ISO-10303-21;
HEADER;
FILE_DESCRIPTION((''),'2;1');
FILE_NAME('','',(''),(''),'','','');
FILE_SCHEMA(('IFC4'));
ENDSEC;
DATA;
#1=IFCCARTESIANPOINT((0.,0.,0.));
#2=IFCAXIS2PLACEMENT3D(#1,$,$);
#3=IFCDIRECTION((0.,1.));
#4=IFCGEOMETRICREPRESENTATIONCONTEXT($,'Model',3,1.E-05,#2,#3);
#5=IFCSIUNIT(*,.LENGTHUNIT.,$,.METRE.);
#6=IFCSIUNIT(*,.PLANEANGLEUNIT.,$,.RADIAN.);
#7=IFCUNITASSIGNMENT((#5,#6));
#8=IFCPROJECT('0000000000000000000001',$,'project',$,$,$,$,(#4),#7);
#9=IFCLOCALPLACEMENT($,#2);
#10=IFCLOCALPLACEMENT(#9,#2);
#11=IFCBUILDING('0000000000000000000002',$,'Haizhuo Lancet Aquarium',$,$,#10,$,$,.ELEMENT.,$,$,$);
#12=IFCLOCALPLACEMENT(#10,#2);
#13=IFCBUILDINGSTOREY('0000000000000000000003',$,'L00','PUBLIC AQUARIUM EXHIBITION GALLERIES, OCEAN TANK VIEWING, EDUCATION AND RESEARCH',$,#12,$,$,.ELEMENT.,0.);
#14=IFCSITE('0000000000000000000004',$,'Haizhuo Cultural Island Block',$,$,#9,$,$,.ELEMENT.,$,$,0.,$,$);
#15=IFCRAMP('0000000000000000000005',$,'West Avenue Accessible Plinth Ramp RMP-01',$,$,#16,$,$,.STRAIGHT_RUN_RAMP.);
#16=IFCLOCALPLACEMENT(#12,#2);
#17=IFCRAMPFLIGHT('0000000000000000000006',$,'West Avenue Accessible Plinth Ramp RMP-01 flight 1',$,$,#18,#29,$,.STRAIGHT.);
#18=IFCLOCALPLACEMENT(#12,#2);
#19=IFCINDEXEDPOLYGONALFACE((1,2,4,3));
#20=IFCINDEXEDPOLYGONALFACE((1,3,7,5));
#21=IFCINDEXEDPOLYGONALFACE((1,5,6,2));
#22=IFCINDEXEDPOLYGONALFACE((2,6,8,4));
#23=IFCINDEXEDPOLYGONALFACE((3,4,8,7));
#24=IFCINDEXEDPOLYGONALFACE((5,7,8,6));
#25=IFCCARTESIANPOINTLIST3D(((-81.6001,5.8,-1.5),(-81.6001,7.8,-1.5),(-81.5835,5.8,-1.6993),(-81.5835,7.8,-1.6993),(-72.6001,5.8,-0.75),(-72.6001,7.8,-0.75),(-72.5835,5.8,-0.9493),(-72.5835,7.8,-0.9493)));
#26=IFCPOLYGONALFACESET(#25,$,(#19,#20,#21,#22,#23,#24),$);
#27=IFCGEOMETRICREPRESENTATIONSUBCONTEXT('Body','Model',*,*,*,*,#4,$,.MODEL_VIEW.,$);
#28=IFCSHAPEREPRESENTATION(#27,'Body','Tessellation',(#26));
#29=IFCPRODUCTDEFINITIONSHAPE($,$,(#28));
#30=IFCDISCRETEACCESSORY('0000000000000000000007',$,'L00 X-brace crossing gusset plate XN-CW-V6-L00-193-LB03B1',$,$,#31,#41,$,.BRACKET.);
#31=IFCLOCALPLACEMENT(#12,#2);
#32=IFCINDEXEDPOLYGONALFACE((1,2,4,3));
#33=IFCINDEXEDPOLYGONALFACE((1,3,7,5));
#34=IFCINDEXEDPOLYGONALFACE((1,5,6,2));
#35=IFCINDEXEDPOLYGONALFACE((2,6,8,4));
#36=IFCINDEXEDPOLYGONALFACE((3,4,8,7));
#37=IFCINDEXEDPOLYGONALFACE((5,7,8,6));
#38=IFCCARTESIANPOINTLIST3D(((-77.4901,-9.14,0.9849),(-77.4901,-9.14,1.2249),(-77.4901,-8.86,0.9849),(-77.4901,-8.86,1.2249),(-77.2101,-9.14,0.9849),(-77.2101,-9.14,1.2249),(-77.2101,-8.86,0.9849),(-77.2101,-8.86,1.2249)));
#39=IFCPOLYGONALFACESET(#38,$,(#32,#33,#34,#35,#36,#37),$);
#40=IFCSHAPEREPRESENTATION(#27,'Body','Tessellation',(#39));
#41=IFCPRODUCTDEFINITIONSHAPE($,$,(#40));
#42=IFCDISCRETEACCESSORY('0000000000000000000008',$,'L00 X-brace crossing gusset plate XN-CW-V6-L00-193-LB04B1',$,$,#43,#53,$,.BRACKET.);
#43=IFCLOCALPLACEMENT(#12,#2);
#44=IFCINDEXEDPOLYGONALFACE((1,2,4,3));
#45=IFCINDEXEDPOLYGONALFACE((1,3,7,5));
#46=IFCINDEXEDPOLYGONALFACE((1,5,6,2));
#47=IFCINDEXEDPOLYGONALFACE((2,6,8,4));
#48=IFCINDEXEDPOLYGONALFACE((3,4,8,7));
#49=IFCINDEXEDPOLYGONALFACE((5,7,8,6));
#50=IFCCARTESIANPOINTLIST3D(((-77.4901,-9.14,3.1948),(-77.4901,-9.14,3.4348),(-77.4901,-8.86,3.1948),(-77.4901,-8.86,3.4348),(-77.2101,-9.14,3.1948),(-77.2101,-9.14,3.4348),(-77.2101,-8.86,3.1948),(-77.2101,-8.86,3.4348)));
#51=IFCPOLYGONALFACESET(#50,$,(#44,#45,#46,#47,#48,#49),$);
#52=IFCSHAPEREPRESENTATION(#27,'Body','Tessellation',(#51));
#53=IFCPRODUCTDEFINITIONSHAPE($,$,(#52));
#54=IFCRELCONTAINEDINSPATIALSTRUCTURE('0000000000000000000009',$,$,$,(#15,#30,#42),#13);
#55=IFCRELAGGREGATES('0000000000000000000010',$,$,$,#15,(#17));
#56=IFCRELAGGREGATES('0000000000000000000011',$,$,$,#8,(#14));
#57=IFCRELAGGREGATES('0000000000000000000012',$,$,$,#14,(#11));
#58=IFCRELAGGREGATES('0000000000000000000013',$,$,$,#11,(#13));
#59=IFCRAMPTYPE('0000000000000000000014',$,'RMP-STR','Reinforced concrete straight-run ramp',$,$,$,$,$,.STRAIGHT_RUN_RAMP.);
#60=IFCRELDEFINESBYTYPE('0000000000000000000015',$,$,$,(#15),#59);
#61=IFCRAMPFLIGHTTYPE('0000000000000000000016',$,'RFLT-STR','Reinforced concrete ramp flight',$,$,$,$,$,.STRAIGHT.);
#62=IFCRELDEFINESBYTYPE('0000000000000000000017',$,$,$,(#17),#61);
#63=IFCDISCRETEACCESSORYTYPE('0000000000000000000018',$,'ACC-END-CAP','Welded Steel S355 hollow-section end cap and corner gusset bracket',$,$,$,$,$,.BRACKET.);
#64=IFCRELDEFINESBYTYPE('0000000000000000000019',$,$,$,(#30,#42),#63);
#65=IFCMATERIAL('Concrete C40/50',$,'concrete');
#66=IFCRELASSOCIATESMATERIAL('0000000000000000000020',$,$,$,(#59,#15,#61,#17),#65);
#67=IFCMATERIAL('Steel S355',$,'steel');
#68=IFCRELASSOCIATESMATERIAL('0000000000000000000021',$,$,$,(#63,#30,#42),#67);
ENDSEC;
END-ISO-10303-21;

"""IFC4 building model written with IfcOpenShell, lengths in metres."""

from ifc_helpers import new_model, si_unit, direction, frame, origin, origin_2d, place, context, subcontext, project, spatial, polyline, rectangle, outline, extrude, material, type_object, element, aggregate, save


model = new_model("IFC4")

# Units and contexts
model_context = context("Model", 3, precision=1e-05, world=origin(), true_north=direction((0.0, 1.0)))
body_context = subcontext(model_context, "Body", "Model", "MODEL_VIEW")
ifc_project = project(units=[si_unit("LENGTHUNIT", "METRE"), si_unit("PLANEANGLEUNIT", "RADIAN")], contexts=[model_context])

# Site, building, storey
site_placement = place(None, origin())
site = spatial("IfcSite", under=ifc_project, at=site_placement, Name="Haizhuo Cultural Island Block", CompositionType="ELEMENT", RefElevation=0.0)
building_placement = place(site_placement, origin())
building = spatial("IfcBuilding", under=site, at=building_placement, Name="Haizhuo Lancet Aquarium", CompositionType="ELEMENT")
storey_placement = place(building_placement, origin())
storey = spatial("IfcBuildingStorey", under=building, at=storey_placement, Name="L00", Description="PUBLIC AQUARIUM EXHIBITION GALLERIES, OCEAN TANK VIEWING, EDUCATION AND RESEARCH", CompositionType="ELEMENT", Elevation=0.0)

# Shared definitions
ifc_material_1 = material(Name="Steel S355", Category="steel")

# Ramp, ramp flight
ifc_material_2 = material(Name="Concrete C40/50", Category="concrete")
ramp_type = type_object("IfcRampType", Name="RMP-STR", Description="Reinforced concrete straight-run ramp", PredefinedType="STRAIGHT_RUN_RAMP", material=ifc_material_2)
ramp_placement = place(storey_placement, origin())
ramp = element("IfcRamp", 1, at=ramp_placement, inside=storey, type_object=ramp_type, material=ifc_material_2, Name="West Avenue Accessible Plinth Ramp RMP-01", PredefinedType="STRAIGHT_RUN_RAMP")
ramp_flight_type = type_object("IfcRampFlightType", Name="RFLT-STR", Description="Reinforced concrete ramp flight", PredefinedType="STRAIGHT", material=ifc_material_2)
ramp_flight_placement = place(storey_placement, frame((-81.6001, 5.8, -1.5), z_axis=(-0.083045, 0.0, 0.996546), x_axis=(0.996546, 0.0, 0.083045)))
ramp_flight = element("IfcRampFlight", 2, at=ramp_flight_placement, type_object=ramp_flight_type, material=ifc_material_2, Name="West Avenue Accessible Plinth Ramp RMP-01 flight 1", PredefinedType="STRAIGHT", context=body_context, shape_type="SweptSolid", body=[
    extrude(outline(polyline([(0.0, 0.0), (9.0312, 0.0), (9.0312, 2.0), (0.0, 2.0), (0.0, 0.0)])), origin(), (0.0, 0.0, -1.0), 0.2),
])
aggregate(ramp, [ramp_flight])

# Discrete accessories
discrete_accessory_type = type_object("IfcDiscreteAccessoryType", Name="ACC-END-CAP", Description="Welded Steel S355 hollow-section end cap and corner gusset bracket", PredefinedType="BRACKET", material=ifc_material_1)
for number, where, z_axis, x_axis, name in (
    (3, (-77.3501, -9.0, 0.9849), (0.0, 0.0, 1.0), (1.0, 0.0, 0.0), "L00 X-brace crossing gusset plate XN-CW-V6-L00-193-LB03B1"),
    (4, (-77.3501, -9.0, 3.1948), (0.0, 0.0, 1.0), (1.0, 0.0, 0.0), "L00 X-brace crossing gusset plate XN-CW-V6-L00-193-LB04B1"),
):
    element("IfcDiscreteAccessory", number, at=place(storey_placement, frame(where, z_axis=z_axis, x_axis=x_axis)), inside=storey, type_object=discrete_accessory_type, material=ifc_material_1, Name=name, PredefinedType="BRACKET", context=body_context, shape_type="SweptSolid", body=[
        extrude(rectangle(XDim=0.28, YDim=0.28, at=origin_2d()), origin(), (0.0, 0.0, 1.0), 0.24),
    ])

save(model, "model.ifc")
